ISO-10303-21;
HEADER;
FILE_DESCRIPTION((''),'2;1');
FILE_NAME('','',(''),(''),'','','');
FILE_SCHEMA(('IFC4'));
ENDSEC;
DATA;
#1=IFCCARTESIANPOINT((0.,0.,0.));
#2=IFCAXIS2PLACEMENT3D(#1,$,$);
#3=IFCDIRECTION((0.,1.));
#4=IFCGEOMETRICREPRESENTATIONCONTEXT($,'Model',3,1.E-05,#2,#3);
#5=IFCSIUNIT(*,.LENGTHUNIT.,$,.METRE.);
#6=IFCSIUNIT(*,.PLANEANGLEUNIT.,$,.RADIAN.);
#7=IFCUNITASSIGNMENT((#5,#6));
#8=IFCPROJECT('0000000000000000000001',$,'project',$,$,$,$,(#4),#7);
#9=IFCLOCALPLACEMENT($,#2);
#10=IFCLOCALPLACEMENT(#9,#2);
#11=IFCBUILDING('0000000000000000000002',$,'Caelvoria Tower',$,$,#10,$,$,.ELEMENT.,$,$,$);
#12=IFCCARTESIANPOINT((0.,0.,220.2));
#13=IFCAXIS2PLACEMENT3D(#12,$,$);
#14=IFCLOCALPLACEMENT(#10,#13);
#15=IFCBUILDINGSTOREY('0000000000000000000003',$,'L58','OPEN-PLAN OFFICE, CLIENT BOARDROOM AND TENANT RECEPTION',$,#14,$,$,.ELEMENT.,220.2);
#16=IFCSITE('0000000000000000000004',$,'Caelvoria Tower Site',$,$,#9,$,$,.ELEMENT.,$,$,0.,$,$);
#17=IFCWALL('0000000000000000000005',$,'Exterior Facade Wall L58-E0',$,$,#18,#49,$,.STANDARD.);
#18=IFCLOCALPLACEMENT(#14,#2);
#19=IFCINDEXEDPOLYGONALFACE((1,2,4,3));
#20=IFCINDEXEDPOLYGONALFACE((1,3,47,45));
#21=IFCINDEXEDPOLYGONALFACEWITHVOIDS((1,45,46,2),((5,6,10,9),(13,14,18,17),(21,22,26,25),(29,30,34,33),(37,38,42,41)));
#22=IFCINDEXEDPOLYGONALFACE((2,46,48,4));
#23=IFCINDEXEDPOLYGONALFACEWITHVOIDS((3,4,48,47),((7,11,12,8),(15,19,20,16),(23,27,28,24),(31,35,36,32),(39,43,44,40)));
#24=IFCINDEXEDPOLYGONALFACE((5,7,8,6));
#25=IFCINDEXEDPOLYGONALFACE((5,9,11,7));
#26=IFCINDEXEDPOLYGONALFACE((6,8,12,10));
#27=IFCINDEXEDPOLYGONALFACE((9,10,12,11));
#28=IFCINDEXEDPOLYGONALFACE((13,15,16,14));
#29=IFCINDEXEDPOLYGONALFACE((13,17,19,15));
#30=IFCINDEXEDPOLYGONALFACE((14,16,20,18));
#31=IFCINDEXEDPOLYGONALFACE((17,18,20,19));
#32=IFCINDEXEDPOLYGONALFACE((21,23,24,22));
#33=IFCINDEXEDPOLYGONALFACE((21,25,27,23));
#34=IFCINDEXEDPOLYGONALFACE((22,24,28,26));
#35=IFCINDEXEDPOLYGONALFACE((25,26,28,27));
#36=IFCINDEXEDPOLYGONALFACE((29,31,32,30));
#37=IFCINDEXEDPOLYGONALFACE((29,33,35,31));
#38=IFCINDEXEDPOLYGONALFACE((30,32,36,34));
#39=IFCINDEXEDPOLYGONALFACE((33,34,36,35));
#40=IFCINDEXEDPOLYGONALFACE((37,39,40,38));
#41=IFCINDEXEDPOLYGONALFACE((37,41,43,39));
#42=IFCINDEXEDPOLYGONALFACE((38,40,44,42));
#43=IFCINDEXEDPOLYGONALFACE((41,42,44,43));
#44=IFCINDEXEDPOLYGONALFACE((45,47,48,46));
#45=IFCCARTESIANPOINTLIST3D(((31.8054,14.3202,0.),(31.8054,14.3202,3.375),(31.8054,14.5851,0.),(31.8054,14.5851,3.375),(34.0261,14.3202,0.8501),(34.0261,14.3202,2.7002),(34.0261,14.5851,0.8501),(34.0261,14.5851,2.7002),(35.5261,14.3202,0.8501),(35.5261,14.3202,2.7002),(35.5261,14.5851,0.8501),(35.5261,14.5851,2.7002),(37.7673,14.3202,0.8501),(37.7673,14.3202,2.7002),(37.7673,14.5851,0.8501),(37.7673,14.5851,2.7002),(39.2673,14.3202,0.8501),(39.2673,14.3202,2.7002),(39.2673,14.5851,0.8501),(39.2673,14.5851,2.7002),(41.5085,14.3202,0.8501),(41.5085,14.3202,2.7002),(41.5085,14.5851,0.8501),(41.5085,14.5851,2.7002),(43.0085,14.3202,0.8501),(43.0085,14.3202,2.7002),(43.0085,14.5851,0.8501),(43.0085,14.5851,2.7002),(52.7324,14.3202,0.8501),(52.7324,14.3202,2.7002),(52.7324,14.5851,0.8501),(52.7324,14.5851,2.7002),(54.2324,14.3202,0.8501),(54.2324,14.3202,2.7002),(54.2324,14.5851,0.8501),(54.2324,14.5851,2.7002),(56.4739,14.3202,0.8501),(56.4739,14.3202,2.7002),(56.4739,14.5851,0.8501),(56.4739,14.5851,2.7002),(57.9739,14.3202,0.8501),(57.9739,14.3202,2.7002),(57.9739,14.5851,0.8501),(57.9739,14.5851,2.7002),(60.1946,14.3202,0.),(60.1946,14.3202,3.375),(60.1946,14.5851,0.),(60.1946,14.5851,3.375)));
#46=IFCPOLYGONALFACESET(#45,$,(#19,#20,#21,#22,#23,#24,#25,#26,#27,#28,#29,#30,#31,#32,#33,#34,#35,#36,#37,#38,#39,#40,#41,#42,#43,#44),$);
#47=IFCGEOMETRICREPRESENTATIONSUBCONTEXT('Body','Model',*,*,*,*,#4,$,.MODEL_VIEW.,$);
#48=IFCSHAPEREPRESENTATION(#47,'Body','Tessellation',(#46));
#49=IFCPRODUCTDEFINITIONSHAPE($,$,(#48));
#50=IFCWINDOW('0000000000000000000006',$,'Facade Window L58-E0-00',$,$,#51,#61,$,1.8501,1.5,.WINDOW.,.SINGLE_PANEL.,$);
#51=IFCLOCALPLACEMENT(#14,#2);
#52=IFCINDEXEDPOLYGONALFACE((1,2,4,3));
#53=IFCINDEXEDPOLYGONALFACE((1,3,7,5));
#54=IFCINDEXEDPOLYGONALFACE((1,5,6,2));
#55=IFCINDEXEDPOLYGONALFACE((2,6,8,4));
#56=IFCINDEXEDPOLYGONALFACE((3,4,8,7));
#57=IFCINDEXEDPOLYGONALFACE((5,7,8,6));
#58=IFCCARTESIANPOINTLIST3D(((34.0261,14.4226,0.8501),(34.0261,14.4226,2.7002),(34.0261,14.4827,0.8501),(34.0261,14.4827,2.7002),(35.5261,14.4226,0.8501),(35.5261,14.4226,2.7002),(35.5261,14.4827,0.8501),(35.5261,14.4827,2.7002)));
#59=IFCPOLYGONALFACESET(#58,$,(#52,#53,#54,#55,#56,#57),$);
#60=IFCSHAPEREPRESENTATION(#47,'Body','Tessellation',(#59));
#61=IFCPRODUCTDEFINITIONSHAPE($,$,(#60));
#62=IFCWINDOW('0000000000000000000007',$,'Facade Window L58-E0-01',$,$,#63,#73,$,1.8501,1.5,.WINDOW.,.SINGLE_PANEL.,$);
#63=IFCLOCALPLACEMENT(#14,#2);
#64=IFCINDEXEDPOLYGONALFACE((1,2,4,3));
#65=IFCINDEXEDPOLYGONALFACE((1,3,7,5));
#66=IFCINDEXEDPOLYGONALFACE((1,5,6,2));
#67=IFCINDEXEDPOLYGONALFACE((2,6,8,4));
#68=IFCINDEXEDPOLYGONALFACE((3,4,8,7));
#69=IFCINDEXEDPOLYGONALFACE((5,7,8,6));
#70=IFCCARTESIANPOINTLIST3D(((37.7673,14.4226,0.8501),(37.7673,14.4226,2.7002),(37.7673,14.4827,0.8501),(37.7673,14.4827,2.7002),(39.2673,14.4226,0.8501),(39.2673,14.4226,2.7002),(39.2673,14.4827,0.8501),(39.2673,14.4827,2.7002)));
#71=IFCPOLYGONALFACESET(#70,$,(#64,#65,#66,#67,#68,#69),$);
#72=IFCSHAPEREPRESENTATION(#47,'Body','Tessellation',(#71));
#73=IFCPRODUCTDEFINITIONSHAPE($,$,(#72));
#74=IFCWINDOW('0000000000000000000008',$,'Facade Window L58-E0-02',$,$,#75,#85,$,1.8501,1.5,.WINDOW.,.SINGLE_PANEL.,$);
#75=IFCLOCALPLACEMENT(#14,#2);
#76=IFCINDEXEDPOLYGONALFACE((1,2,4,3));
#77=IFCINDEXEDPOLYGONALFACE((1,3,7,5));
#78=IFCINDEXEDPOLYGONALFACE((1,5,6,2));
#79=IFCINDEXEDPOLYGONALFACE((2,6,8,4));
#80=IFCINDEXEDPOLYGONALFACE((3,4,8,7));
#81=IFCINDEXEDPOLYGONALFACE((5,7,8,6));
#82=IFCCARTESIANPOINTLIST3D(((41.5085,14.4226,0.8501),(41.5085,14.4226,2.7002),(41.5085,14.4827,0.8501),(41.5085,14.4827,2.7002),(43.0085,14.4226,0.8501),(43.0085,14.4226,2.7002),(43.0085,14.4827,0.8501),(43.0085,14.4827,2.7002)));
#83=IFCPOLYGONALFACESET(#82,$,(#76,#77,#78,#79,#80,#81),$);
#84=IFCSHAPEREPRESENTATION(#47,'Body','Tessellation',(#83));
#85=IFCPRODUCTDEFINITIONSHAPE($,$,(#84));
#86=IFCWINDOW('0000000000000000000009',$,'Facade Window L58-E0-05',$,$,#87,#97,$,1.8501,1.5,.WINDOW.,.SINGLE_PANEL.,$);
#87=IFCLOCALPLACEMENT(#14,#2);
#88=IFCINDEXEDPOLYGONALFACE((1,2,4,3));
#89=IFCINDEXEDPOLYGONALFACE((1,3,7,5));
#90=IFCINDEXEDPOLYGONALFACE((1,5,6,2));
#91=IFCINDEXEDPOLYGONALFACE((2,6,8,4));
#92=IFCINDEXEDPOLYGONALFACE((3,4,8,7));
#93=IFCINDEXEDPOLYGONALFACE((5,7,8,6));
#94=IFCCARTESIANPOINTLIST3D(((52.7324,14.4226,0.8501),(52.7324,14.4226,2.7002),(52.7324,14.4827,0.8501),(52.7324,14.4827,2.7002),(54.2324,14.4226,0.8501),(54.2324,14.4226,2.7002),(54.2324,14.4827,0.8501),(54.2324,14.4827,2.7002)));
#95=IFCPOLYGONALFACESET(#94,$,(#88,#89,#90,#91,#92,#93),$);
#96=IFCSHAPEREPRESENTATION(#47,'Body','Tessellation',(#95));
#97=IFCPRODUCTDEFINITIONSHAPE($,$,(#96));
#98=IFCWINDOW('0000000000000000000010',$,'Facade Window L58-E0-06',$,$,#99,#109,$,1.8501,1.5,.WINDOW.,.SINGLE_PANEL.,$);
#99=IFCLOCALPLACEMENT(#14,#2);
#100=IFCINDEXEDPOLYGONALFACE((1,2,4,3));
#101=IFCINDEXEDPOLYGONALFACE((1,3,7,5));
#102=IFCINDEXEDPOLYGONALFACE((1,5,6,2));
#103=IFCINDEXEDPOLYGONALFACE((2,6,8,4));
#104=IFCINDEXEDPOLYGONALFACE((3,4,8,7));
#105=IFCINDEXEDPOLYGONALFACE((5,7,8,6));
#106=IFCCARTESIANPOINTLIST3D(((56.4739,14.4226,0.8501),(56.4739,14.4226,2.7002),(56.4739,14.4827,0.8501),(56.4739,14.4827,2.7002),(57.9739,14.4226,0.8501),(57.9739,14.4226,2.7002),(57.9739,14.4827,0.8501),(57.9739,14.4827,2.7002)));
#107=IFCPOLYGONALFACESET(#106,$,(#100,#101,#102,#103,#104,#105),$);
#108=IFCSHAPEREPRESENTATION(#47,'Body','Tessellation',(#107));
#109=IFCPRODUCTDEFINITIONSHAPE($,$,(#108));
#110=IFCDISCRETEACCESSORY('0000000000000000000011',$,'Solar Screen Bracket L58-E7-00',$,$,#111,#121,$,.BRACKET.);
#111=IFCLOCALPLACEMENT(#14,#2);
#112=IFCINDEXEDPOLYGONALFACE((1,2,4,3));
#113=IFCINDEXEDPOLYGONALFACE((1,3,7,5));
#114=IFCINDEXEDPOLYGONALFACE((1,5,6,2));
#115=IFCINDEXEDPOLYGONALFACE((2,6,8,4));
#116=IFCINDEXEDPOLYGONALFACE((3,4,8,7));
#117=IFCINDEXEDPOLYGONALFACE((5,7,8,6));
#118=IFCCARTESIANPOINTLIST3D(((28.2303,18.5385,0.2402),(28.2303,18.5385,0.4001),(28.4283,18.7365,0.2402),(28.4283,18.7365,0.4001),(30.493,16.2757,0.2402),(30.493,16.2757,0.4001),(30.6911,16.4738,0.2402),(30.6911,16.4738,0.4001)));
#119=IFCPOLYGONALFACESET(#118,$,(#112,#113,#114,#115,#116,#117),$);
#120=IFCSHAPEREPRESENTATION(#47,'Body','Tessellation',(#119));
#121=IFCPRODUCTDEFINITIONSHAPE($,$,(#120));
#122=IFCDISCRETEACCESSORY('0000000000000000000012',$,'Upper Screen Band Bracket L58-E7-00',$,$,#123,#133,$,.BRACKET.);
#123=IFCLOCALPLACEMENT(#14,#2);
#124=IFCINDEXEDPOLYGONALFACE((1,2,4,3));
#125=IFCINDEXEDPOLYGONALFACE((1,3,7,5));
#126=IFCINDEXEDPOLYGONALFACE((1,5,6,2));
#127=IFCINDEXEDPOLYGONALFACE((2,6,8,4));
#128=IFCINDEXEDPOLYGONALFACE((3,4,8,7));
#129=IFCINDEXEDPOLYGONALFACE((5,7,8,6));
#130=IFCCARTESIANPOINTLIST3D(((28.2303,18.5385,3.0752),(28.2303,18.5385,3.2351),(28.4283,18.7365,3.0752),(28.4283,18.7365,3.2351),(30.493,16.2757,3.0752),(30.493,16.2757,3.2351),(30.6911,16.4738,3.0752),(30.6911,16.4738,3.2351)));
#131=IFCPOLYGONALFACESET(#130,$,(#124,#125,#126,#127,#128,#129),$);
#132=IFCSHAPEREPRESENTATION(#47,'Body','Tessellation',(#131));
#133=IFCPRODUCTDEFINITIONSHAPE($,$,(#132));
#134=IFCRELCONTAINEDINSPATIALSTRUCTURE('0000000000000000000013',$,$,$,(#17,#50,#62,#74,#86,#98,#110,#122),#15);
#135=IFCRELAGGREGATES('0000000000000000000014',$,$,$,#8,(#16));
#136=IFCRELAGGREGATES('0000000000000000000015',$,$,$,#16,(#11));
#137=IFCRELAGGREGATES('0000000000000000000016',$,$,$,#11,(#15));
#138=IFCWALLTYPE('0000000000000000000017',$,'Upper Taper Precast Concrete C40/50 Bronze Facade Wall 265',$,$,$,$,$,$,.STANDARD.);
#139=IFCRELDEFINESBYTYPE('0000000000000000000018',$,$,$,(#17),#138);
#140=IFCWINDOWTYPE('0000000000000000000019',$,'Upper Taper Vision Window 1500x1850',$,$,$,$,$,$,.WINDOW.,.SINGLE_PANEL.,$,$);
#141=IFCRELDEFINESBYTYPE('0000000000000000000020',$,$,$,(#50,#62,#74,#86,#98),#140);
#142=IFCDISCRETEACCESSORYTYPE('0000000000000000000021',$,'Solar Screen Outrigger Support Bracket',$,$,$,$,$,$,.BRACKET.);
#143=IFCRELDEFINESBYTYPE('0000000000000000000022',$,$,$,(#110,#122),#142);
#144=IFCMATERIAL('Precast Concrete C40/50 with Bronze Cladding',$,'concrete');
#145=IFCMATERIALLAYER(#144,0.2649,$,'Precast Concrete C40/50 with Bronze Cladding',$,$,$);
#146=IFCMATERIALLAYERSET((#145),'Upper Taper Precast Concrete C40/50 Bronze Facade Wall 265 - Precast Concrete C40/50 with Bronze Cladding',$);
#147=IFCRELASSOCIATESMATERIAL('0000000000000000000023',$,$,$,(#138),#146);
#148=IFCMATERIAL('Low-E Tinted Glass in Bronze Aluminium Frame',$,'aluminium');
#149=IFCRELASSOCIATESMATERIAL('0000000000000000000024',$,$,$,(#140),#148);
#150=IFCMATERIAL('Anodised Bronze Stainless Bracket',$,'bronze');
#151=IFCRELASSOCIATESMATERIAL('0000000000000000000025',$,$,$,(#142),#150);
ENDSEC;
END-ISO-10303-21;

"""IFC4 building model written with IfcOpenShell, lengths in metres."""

from ifc_helpers import new_model, si_unit, direction, frame, frame_2d, origin, origin_2d, place, context, subcontext, project, spatial, rectangle, extrude, material, layer, layer_set, type_object, element, fill, save


model = new_model("IFC4")

# Units and contexts
model_context = context("Model", 3, precision=1e-05, world=origin(), true_north=direction((0.0, 1.0)))
body_context = subcontext(model_context, "Body", "Model", "MODEL_VIEW")
ifc_project = project(units=[si_unit("LENGTHUNIT", "METRE"), si_unit("PLANEANGLEUNIT", "RADIAN")], contexts=[model_context])

# Site, building, storey
site_placement = place(None, origin())
site = spatial("IfcSite", under=ifc_project, at=site_placement, Name="Caelvoria Tower Site", CompositionType="ELEMENT", RefElevation=0.0)
building_placement = place(site_placement, origin())
building = spatial("IfcBuilding", under=site, at=building_placement, Name="Caelvoria Tower", CompositionType="ELEMENT")
storey_placement = place(building_placement, frame((0.0, 0.0, 220.2)))
storey = spatial("IfcBuildingStorey", under=building, at=storey_placement, Name="L58", Description="OPEN-PLAN OFFICE, CLIENT BOARDROOM AND TENANT RECEPTION", CompositionType="ELEMENT", Elevation=220.2)

# Wall, openings, windows
ifc_material_1 = material(Name="Precast Concrete C40/50 with Bronze Cladding", Category="concrete")
ifc_layer_1 = layer(ifc_material_1, 0.2649, Name="Precast Concrete C40/50 with Bronze Cladding")
ifc_layer_set_1 = layer_set([ifc_layer_1], Name="Upper Taper Precast Concrete C40/50 Bronze Facade Wall 265 - Precast Concrete C40/50 with Bronze Cladding")
wall_type_1 = type_object("IfcWallType", Name="Upper Taper Precast Concrete C40/50 Bronze Facade Wall 265", PredefinedType="STANDARD", material=ifc_layer_set_1)
wall_1_placement = place(storey_placement, frame((31.8054, 14.4526, 0.0), z_axis=(0.0, 0.0, 1.0), x_axis=(1.0, 0.0, 0.0)))
wall_1 = element("IfcWall", 1, at=wall_1_placement, inside=storey, type_object=wall_type_1, Name="Exterior Facade Wall L58-E0", PredefinedType="STANDARD", context=body_context, shape_type="SweptSolid", body=[
    extrude(rectangle(XDim=28.3892, YDim=0.2649, at=frame_2d((14.1946, 0.0))), origin(), (0.0, 0.0, 1.0), 3.375),
])
opening_1_placement = place(wall_1_placement, frame((2.2207, 0.0, 0.8501)))
opening_1 = element("IfcOpeningElement", 2, at=opening_1_placement, cuts=wall_1, PredefinedType="OPENING", context=body_context, shape_type="SweptSolid", body=[
    extrude(rectangle(XDim=1.5, YDim=1.8501, at=frame_2d((0.75, 0.925))), frame((0.0, 0.1423, 0.0), z_axis=(0.0, -1.0, 0.0), x_axis=(1.0, 0.0, 0.0)), (0.0, 0.0, 1.0), 0.2849),
])
opening_2_placement = place(wall_1_placement, frame((5.9619, 0.0, 0.8501)))
opening_2 = element("IfcOpeningElement", 3, at=opening_2_placement, cuts=wall_1, PredefinedType="OPENING", context=body_context, shape_type="SweptSolid", body=[
    extrude(rectangle(XDim=1.5, YDim=1.8501, at=frame_2d((0.75, 0.925))), frame((0.0, 0.1423, 0.0), z_axis=(0.0, -1.0, 0.0), x_axis=(1.0, 0.0, 0.0)), (0.0, 0.0, 1.0), 0.2849),
])
opening_3_placement = place(wall_1_placement, frame((9.7031, 0.0, 0.8501)))
opening_3 = element("IfcOpeningElement", 4, at=opening_3_placement, cuts=wall_1, PredefinedType="OPENING", context=body_context, shape_type="SweptSolid", body=[
    extrude(rectangle(XDim=1.5, YDim=1.8501, at=frame_2d((0.75, 0.925))), frame((0.0, 0.1423, 0.0), z_axis=(0.0, -1.0, 0.0), x_axis=(1.0, 0.0, 0.0)), (0.0, 0.0, 1.0), 0.2849),
])
opening_4_placement = place(wall_1_placement, frame((20.927, 0.0, 0.8501)))
opening_4 = element("IfcOpeningElement", 5, at=opening_4_placement, cuts=wall_1, PredefinedType="OPENING", context=body_context, shape_type="SweptSolid", body=[
    extrude(rectangle(XDim=1.5, YDim=1.8501, at=frame_2d((0.75, 0.925))), frame((0.0, 0.1423, 0.0), z_axis=(0.0, -1.0, 0.0), x_axis=(1.0, 0.0, 0.0)), (0.0, 0.0, 1.0), 0.2849),
])
opening_5_placement = place(wall_1_placement, frame((24.6685, 0.0, 0.8501)))
opening_5 = element("IfcOpeningElement", 6, at=opening_5_placement, cuts=wall_1, PredefinedType="OPENING", context=body_context, shape_type="SweptSolid", body=[
    extrude(rectangle(XDim=1.5, YDim=1.8501, at=frame_2d((0.75, 0.925))), frame((0.0, 0.1423, 0.0), z_axis=(0.0, -1.0, 0.0), x_axis=(1.0, 0.0, 0.0)), (0.0, 0.0, 1.0), 0.2849),
])
ifc_material_2 = material(Name="Low-E Tinted Glass in Bronze Aluminium Frame", Category="aluminium")
window_type = type_object("IfcWindowType", Name="Upper Taper Vision Window 1500x1850", PartitioningType="SINGLE_PANEL", PredefinedType="WINDOW", material=ifc_material_2)
window_1_placement = place(opening_1_placement, origin())
window_1 = element("IfcWindow", 7, at=window_1_placement, inside=storey, type_object=window_type, Name="Facade Window L58-E0-00", OverallHeight=1.8501, OverallWidth=1.5, PartitioningType="SINGLE_PANEL", PredefinedType="WINDOW", context=body_context, shape_type="SweptSolid", body=[
    extrude(rectangle(XDim=1.5, YDim=1.8501, at=frame_2d((0.75, 0.925))), frame((0.0, 0.03, 0.0), z_axis=(0.0, -1.0, 0.0), x_axis=(1.0, 0.0, 0.0)), (0.0, 0.0, 1.0), 0.0601),
])
fill(opening_1, window_1)
window_2_placement = place(opening_2_placement, origin())
window_2 = element("IfcWindow", 8, at=window_2_placement, inside=storey, type_object=window_type, Name="Facade Window L58-E0-01", OverallHeight=1.8501, OverallWidth=1.5, PartitioningType="SINGLE_PANEL", PredefinedType="WINDOW", context=body_context, shape_type="SweptSolid", body=[
    extrude(rectangle(XDim=1.5, YDim=1.8501, at=frame_2d((0.75, 0.925))), frame((0.0, 0.03, 0.0), z_axis=(0.0, -1.0, 0.0), x_axis=(1.0, 0.0, 0.0)), (0.0, 0.0, 1.0), 0.0601),
])
fill(opening_2, window_2)
window_3_placement = place(opening_3_placement, origin())
window_3 = element("IfcWindow", 9, at=window_3_placement, inside=storey, type_object=window_type, Name="Facade Window L58-E0-02", OverallHeight=1.8501, OverallWidth=1.5, PartitioningType="SINGLE_PANEL", PredefinedType="WINDOW", context=body_context, shape_type="SweptSolid", body=[
    extrude(rectangle(XDim=1.5, YDim=1.8501, at=frame_2d((0.75, 0.925))), frame((0.0, 0.03, 0.0), z_axis=(0.0, -1.0, 0.0), x_axis=(1.0, 0.0, 0.0)), (0.0, 0.0, 1.0), 0.0601),
])
fill(opening_3, window_3)
window_4_placement = place(opening_4_placement, origin())
window_4 = element("IfcWindow", 10, at=window_4_placement, inside=storey, type_object=window_type, Name="Facade Window L58-E0-05", OverallHeight=1.8501, OverallWidth=1.5, PartitioningType="SINGLE_PANEL", PredefinedType="WINDOW", context=body_context, shape_type="SweptSolid", body=[
    extrude(rectangle(XDim=1.5, YDim=1.8501, at=frame_2d((0.75, 0.925))), frame((0.0, 0.03, 0.0), z_axis=(0.0, -1.0, 0.0), x_axis=(1.0, 0.0, 0.0)), (0.0, 0.0, 1.0), 0.0601),
])
fill(opening_4, window_4)
window_5_placement = place(opening_5_placement, origin())
window_5 = element("IfcWindow", 11, at=window_5_placement, inside=storey, type_object=window_type, Name="Facade Window L58-E0-06", OverallHeight=1.8501, OverallWidth=1.5, PartitioningType="SINGLE_PANEL", PredefinedType="WINDOW", context=body_context, shape_type="SweptSolid", body=[
    extrude(rectangle(XDim=1.5, YDim=1.8501, at=frame_2d((0.75, 0.925))), frame((0.0, 0.03, 0.0), z_axis=(0.0, -1.0, 0.0), x_axis=(1.0, 0.0, 0.0)), (0.0, 0.0, 1.0), 0.0601),
])
fill(opening_5, window_5)

# Discrete accessories
ifc_material_3 = material(Name="Anodised Bronze Stainless Bracket", Category="bronze")
discrete_accessory_type = type_object("IfcDiscreteAccessoryType", Name="Solar Screen Outrigger Support Bracket", PredefinedType="BRACKET", material=ifc_material_3)
for number, where, z_axis, x_axis, name in (
    (12, (29.4607, 17.5061, 0.2402), (0.0, 0.0, 1.0), (0.707107, -0.707107, 0.0), "Solar Screen Bracket L58-E7-00"),
    (13, (29.4607, 17.5061, 3.0752), (0.0, 0.0, 1.0), (0.707107, -0.707107, 0.0), "Upper Screen Band Bracket L58-E7-00"),
):
    element("IfcDiscreteAccessory", number, at=place(storey_placement, frame(where, z_axis=z_axis, x_axis=x_axis)), inside=storey, type_object=discrete_accessory_type, Name=name, PredefinedType="BRACKET", context=body_context, shape_type="SweptSolid", body=[
        extrude(rectangle(XDim=3.2, YDim=0.28, at=origin_2d()), origin(), (0.0, 0.0, 1.0), 0.1599),
    ])

save(model, "model.ifc")
